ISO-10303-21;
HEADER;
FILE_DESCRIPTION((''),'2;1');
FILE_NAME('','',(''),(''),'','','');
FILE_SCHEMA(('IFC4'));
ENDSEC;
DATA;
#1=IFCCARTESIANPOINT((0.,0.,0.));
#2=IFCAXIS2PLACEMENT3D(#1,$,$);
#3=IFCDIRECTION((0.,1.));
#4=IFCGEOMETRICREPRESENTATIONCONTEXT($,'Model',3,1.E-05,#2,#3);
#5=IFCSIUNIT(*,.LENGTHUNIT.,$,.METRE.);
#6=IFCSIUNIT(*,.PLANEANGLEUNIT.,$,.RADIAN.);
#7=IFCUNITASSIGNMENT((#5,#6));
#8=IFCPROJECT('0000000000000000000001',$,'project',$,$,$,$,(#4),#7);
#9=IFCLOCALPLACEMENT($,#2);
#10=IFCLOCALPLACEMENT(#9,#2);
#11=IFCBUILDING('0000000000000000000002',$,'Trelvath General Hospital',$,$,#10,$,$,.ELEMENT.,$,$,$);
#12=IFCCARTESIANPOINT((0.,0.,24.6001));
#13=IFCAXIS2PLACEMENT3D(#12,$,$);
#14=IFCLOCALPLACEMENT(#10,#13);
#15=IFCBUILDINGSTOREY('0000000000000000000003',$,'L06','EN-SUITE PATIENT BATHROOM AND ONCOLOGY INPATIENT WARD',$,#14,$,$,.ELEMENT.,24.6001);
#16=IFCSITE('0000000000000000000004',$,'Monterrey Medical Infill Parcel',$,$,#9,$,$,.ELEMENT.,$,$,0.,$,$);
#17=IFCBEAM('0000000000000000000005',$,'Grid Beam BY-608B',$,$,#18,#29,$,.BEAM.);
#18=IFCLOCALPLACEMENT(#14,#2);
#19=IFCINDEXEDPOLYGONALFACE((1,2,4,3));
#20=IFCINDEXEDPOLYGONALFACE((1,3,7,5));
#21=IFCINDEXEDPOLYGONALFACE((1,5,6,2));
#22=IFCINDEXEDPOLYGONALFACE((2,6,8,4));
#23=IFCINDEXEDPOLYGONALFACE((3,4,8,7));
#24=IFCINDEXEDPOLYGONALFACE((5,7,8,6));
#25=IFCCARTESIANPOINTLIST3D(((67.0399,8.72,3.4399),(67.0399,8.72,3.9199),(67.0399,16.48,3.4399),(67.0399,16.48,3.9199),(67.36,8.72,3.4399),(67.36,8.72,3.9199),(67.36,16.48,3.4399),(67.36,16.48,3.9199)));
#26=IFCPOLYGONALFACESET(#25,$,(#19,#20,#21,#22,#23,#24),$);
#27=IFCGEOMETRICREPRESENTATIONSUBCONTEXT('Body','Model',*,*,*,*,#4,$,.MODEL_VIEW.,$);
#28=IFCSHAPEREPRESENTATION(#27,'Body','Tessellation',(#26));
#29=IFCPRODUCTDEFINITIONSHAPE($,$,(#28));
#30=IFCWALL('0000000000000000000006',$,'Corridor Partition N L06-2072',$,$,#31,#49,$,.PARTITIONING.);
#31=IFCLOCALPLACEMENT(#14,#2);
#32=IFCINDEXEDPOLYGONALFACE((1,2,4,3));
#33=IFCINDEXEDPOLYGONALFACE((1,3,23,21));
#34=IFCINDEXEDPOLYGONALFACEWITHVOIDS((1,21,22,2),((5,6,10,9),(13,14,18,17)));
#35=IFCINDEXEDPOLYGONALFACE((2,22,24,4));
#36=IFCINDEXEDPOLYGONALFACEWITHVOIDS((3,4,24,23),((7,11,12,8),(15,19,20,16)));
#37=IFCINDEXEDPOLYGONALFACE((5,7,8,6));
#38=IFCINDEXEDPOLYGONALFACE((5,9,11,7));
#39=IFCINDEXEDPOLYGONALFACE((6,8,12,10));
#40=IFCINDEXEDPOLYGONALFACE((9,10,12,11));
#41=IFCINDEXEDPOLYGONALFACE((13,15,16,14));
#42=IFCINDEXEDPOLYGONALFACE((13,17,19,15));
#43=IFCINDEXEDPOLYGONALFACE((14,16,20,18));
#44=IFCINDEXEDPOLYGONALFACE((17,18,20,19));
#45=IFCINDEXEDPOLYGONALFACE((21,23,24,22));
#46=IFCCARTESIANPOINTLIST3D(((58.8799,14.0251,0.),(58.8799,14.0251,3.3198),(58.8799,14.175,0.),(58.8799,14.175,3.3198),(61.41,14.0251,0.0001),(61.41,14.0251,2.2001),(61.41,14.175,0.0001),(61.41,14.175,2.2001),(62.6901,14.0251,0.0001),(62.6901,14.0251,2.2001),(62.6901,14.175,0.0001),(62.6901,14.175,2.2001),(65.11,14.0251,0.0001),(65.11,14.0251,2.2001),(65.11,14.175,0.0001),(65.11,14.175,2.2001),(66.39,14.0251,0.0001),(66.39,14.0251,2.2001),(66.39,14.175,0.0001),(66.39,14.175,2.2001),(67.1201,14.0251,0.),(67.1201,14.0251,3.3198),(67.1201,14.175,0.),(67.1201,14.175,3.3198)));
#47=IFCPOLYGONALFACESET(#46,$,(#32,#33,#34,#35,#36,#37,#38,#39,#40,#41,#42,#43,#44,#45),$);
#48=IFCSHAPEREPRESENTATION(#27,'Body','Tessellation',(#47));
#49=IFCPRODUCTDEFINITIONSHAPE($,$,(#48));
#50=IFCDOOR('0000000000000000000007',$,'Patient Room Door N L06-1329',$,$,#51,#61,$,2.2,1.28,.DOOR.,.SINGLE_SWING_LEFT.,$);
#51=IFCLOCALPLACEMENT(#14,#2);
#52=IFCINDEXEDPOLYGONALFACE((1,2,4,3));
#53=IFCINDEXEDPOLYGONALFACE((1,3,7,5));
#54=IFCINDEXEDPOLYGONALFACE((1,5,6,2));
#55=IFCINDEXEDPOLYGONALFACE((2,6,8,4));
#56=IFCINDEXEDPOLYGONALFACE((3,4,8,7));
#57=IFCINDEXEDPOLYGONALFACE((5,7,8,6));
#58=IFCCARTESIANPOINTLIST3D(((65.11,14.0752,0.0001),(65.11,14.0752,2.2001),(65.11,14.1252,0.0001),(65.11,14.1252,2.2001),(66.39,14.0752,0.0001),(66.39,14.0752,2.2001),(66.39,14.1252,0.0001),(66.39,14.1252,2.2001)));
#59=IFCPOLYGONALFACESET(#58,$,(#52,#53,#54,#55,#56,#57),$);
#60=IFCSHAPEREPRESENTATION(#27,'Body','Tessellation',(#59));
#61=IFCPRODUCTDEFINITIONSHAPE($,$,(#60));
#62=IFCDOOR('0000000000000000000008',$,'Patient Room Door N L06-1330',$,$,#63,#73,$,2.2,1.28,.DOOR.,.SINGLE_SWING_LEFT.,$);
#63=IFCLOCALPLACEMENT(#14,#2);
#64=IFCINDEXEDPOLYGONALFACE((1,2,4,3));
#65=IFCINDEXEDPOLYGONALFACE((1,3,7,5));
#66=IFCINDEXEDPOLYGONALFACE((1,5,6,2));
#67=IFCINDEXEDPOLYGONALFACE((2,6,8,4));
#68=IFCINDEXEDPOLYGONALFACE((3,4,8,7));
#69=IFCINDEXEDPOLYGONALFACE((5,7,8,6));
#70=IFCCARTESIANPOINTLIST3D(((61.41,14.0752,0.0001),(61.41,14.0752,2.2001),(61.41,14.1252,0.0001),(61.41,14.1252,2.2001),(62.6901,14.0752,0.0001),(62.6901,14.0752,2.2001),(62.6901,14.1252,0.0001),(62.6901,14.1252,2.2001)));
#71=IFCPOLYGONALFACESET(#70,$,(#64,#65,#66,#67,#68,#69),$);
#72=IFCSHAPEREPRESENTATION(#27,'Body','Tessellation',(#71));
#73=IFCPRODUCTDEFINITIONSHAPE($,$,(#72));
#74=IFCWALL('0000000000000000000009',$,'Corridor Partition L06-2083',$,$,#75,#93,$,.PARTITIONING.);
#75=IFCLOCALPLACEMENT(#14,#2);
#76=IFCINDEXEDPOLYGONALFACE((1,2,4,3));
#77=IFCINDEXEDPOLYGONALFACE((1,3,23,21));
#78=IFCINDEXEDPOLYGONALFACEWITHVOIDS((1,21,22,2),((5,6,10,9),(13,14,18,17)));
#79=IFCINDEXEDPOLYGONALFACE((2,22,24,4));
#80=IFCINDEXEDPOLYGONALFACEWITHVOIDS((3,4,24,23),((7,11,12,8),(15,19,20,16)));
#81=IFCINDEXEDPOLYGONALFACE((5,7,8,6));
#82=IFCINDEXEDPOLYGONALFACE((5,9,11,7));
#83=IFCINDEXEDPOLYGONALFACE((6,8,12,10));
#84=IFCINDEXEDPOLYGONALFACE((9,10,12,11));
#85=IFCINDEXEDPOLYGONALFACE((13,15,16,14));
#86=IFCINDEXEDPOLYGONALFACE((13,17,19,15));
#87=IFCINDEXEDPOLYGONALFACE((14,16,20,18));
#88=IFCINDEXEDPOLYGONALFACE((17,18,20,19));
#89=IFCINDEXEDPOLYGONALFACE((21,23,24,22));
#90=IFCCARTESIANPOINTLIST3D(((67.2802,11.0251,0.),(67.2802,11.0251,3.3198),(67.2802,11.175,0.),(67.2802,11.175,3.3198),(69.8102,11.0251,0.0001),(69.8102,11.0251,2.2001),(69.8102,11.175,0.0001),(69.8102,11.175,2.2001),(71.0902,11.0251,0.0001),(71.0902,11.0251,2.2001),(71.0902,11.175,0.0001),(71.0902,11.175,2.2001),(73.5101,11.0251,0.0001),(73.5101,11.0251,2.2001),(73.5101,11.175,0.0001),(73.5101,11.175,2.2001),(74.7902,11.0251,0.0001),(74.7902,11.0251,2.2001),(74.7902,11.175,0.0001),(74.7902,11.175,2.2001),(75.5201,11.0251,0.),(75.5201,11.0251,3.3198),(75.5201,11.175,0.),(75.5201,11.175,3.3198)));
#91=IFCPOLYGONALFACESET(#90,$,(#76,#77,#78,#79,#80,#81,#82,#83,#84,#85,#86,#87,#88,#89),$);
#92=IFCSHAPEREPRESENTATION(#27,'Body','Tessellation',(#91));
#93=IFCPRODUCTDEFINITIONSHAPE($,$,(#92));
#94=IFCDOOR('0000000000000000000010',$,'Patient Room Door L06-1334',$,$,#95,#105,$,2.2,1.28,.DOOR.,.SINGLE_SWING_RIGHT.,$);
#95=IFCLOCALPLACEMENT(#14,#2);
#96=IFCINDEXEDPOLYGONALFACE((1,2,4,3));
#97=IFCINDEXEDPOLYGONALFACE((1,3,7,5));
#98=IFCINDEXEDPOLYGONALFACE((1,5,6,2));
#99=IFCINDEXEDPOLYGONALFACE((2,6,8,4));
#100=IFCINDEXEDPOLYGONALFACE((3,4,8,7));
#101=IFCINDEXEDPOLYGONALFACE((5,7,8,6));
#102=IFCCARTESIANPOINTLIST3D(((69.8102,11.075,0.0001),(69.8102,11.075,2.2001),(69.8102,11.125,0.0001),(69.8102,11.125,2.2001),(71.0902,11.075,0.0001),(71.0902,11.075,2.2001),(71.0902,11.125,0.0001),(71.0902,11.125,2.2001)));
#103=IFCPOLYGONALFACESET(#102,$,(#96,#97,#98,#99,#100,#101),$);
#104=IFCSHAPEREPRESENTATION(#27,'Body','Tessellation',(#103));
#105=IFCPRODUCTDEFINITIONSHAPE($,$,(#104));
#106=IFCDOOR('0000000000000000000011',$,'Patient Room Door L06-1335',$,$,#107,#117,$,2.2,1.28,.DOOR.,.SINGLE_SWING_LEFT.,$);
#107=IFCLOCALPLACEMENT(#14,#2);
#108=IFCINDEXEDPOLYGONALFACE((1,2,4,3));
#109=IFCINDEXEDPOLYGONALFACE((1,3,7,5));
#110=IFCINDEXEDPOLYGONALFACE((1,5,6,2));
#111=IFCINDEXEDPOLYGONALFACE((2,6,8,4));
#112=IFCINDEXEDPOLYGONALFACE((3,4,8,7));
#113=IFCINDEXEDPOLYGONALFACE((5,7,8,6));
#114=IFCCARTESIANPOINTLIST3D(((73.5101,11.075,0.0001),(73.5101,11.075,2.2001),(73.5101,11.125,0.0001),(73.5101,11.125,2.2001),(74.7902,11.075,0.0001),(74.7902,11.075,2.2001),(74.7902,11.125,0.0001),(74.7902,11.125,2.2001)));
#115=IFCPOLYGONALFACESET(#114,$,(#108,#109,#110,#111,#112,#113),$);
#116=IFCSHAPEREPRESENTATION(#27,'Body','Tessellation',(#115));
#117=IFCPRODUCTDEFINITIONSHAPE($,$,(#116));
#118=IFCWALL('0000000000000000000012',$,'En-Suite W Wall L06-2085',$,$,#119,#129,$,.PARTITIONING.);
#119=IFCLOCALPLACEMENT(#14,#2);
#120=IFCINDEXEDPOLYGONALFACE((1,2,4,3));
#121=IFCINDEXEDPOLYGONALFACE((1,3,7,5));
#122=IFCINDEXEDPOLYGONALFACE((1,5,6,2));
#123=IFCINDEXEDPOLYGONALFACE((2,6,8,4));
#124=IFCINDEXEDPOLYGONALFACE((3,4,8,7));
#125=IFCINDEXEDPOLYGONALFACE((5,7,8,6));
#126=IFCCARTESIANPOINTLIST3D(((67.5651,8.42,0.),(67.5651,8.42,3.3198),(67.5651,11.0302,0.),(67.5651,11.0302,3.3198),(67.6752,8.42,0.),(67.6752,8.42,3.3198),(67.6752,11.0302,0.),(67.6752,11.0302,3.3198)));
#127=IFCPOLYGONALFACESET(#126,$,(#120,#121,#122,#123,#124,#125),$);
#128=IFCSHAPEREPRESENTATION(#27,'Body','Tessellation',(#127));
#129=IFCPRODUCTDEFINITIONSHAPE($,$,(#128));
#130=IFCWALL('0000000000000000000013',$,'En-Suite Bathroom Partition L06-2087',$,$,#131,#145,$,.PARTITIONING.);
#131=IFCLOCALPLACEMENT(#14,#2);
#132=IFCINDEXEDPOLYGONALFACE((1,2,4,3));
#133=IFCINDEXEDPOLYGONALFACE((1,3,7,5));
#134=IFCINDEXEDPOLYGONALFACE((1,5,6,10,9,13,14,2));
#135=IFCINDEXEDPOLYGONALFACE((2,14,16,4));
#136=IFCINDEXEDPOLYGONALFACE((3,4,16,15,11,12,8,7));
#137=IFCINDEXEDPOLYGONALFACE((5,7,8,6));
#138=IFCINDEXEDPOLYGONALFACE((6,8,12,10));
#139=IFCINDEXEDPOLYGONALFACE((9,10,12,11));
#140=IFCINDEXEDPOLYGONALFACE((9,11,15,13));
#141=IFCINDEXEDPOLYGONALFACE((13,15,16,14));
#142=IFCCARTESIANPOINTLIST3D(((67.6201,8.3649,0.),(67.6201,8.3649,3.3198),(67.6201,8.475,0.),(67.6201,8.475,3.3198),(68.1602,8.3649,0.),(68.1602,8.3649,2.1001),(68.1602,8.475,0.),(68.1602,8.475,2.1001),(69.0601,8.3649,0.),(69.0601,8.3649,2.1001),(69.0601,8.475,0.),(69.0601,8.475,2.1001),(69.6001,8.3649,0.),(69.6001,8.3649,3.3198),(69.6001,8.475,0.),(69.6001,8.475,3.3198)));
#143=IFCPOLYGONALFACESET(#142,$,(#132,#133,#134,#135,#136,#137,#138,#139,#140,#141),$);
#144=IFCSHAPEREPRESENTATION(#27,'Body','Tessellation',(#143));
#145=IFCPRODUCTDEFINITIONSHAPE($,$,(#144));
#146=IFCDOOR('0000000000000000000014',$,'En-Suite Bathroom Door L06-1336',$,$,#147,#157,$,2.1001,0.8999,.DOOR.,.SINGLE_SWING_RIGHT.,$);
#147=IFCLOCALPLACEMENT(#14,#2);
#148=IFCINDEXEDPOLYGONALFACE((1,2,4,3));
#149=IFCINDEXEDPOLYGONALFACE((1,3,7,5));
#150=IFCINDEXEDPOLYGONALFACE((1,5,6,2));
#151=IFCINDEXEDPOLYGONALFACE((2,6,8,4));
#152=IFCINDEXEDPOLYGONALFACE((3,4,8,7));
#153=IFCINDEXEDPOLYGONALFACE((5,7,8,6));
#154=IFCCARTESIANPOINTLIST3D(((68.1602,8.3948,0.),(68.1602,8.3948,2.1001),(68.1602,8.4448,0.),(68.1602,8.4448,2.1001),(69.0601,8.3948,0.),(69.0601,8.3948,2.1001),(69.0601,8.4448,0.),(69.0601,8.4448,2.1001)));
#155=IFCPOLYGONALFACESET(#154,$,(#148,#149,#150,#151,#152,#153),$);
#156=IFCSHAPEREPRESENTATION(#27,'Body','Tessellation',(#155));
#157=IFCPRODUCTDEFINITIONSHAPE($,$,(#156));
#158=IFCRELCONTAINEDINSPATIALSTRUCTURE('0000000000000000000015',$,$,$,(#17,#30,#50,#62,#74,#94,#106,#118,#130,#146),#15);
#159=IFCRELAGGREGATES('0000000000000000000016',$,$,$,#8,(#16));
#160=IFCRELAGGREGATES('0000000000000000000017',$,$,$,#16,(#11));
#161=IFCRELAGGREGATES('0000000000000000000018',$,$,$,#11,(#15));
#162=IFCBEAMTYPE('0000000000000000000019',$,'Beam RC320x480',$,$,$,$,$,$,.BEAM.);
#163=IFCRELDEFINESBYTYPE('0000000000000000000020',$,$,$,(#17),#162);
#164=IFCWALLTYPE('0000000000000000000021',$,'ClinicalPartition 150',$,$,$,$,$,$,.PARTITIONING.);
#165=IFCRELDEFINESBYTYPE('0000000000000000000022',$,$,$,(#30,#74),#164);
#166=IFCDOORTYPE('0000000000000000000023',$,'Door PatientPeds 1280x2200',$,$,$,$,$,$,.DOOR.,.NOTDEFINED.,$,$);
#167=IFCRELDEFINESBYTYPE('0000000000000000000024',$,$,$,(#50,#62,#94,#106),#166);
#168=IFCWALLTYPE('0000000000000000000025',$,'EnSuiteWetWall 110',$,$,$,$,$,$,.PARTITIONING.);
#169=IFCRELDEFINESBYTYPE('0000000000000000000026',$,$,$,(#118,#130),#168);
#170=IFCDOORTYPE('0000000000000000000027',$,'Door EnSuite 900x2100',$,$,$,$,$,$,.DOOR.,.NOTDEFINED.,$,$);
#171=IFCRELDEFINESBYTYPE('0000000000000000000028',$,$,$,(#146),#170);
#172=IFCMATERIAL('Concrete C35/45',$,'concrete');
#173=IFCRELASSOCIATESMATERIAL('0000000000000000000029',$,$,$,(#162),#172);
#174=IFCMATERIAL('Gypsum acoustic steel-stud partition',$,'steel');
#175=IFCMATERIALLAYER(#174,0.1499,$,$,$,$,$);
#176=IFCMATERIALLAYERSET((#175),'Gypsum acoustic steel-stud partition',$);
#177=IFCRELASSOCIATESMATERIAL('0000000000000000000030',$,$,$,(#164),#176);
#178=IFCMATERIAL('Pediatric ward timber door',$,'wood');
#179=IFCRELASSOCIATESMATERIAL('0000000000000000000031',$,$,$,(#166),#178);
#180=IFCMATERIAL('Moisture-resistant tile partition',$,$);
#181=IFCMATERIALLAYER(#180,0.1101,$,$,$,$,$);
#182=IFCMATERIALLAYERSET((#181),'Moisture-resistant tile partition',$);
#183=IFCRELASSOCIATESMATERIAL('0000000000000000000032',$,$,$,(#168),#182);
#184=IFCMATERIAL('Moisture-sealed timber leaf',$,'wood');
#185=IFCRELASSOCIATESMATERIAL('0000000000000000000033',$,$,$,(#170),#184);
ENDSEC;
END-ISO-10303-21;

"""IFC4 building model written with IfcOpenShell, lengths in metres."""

from ifc_helpers import new_model, si_unit, direction, frame, frame_2d, origin, origin_2d, place, context, subcontext, project, spatial, rectangle, extrude, material, layer, layer_set, material_profile, profile_set, type_object, element, fill, save


model = new_model("IFC4")

# Units and contexts
model_context = context("Model", 3, precision=1e-05, world=origin(), true_north=direction((0.0, 1.0)))
body_context = subcontext(model_context, "Body", "Model", "MODEL_VIEW")
ifc_project = project(units=[si_unit("LENGTHUNIT", "METRE"), si_unit("PLANEANGLEUNIT", "RADIAN")], contexts=[model_context])

# Site, building, storey
site_placement = place(None, origin())
site = spatial("IfcSite", under=ifc_project, at=site_placement, Name="Monterrey Medical Infill Parcel", CompositionType="ELEMENT", RefElevation=0.0)
building_placement = place(site_placement, origin())
building = spatial("IfcBuilding", under=site, at=building_placement, Name="Trelvath General Hospital", CompositionType="ELEMENT")
storey_placement = place(building_placement, frame((0.0, 0.0, 24.6001)))
storey = spatial("IfcBuildingStorey", under=building, at=storey_placement, Name="L06", Description="EN-SUITE PATIENT BATHROOM AND ONCOLOGY INPATIENT WARD", CompositionType="ELEMENT", Elevation=24.6001)

# Beam
ifc_material_1 = material(Name="Concrete C35/45", Category="concrete")
ifc_material_profile = material_profile(ifc_material_1, rectangle(XDim=0.3201, YDim=0.48, at=origin_2d()), Name="RCB320x480")
ifc_profile_set = profile_set([ifc_material_profile], Name="Concrete C35/45")
beam_type = type_object("IfcBeamType", Name="Beam RC320x480", PredefinedType="BEAM", material=ifc_profile_set)
beam_placement = place(storey_placement, frame((67.2, 8.72, 3.6799), z_axis=(0.0, 1.0, 0.0), x_axis=(-1.0, 0.0, 0.0)))
element("IfcBeam", 1, at=beam_placement, inside=storey, type_object=beam_type, Name="Grid Beam BY-608B", PredefinedType="BEAM", context=body_context, shape_type="SweptSolid", body=[
    extrude(rectangle(XDim=0.3201, YDim=0.48, at=origin_2d()), origin(), (0.0, 0.0, 1.0), 7.76),
])

# Walls, openings, doors
ifc_material_2 = material(Name="Gypsum acoustic steel-stud partition", Category="steel")
ifc_layer_1 = layer(ifc_material_2, 0.1499)
ifc_layer_set_1 = layer_set([ifc_layer_1], Name="Gypsum acoustic steel-stud partition")
wall_type_1 = type_object("IfcWallType", Name="ClinicalPartition 150", PredefinedType="PARTITIONING", material=ifc_layer_set_1)
wall_1_placement = place(storey_placement, frame((67.1201, 14.1001, 0.0), z_axis=(0.0, 0.0, 1.0), x_axis=(-1.0, 0.0, 0.0)))
wall_1 = element("IfcWall", 2, at=wall_1_placement, inside=storey, type_object=wall_type_1, Name="Corridor Partition N L06-2072", PredefinedType="PARTITIONING", context=body_context, shape_type="SweptSolid", body=[
    extrude(rectangle(XDim=8.2402, YDim=0.1499, at=frame_2d((4.1201, 0.0))), origin(), (0.0, 0.0, 1.0), 3.3198),
])
opening_1_placement = place(wall_1_placement, frame((0.73, 0.0, 0.0)))
opening_1 = element("IfcOpeningElement", 3, at=opening_1_placement, cuts=wall_1, PredefinedType="OPENING", context=body_context, shape_type="SweptSolid", body=[
    extrude(rectangle(XDim=1.28, YDim=2.2, at=frame_2d((0.6401, 1.1001))), frame((0.0, 0.085, 0.0), z_axis=(0.0, -1.0, 0.0), x_axis=(1.0, 0.0, 0.0)), (0.0, 0.0, 1.0), 0.1699),
])
opening_2_placement = place(wall_1_placement, frame((4.4299, 0.0, 0.0)))
opening_2 = element("IfcOpeningElement", 4, at=opening_2_placement, cuts=wall_1, PredefinedType="OPENING", context=body_context, shape_type="SweptSolid", body=[
    extrude(rectangle(XDim=1.28, YDim=2.2, at=frame_2d((0.6401, 1.1001))), frame((0.0, 0.085, 0.0), z_axis=(0.0, -1.0, 0.0), x_axis=(1.0, 0.0, 0.0)), (0.0, 0.0, 1.0), 0.1699),
])
ifc_material_3 = material(Name="Pediatric ward timber door", Category="wood")
door_type_1 = type_object("IfcDoorType", Name="Door PatientPeds 1280x2200", OperationType="NOTDEFINED", PredefinedType="DOOR", material=ifc_material_3)
door_1_placement = place(opening_1_placement, origin())
door_1 = element("IfcDoor", 5, at=door_1_placement, inside=storey, type_object=door_type_1, Name="Patient Room Door N L06-1329", OperationType="SINGLE_SWING_LEFT", OverallHeight=2.2, OverallWidth=1.28, PredefinedType="DOOR", context=body_context, shape_type="SweptSolid", body=[
    extrude(rectangle(XDim=1.28, YDim=2.2, at=frame_2d((0.6401, 1.1001))), frame((0.0, 0.0249, 0.0), z_axis=(0.0, -1.0, 0.0), x_axis=(1.0, 0.0, 0.0)), (0.0, 0.0, 1.0), 0.05),
])
fill(opening_1, door_1)
door_2_placement = place(opening_2_placement, origin())
door_2 = element("IfcDoor", 6, at=door_2_placement, inside=storey, type_object=door_type_1, Name="Patient Room Door N L06-1330", OperationType="SINGLE_SWING_LEFT", OverallHeight=2.2, OverallWidth=1.28, PredefinedType="DOOR", context=body_context, shape_type="SweptSolid", body=[
    extrude(rectangle(XDim=1.28, YDim=2.2, at=frame_2d((0.6401, 1.1001))), frame((0.0, 0.0249, 0.0), z_axis=(0.0, -1.0, 0.0), x_axis=(1.0, 0.0, 0.0)), (0.0, 0.0, 1.0), 0.05),
])
fill(opening_2, door_2)
wall_2_placement = place(storey_placement, frame((67.28, 11.1001, 0.0), z_axis=(0.0, 0.0, 1.0), x_axis=(1.0, 0.0, 0.0)))
wall_2 = element("IfcWall", 7, at=wall_2_placement, inside=storey, type_object=wall_type_1, Name="Corridor Partition L06-2083", PredefinedType="PARTITIONING", context=body_context, shape_type="SweptSolid", body=[
    extrude(rectangle(XDim=8.24, YDim=0.1499, at=frame_2d((4.1201, 0.0))), origin(), (0.0, 0.0, 1.0), 3.3198),
])
opening_3_placement = place(wall_2_placement, frame((2.53, 0.0, 0.0)))
opening_3 = element("IfcOpeningElement", 8, at=opening_3_placement, cuts=wall_2, PredefinedType="OPENING", context=body_context, shape_type="SweptSolid", body=[
    extrude(rectangle(XDim=1.28, YDim=2.2, at=frame_2d((0.6401, 1.1001))), frame((0.0, 0.085, 0.0), z_axis=(0.0, -1.0, 0.0), x_axis=(1.0, 0.0, 0.0)), (0.0, 0.0, 1.0), 0.1699),
])
opening_4_placement = place(wall_2_placement, frame((6.23, 0.0, 0.0)))
opening_4 = element("IfcOpeningElement", 9, at=opening_4_placement, cuts=wall_2, PredefinedType="OPENING", context=body_context, shape_type="SweptSolid", body=[
    extrude(rectangle(XDim=1.28, YDim=2.2, at=frame_2d((0.6401, 1.1001))), frame((0.0, 0.085, 0.0), z_axis=(0.0, -1.0, 0.0), x_axis=(1.0, 0.0, 0.0)), (0.0, 0.0, 1.0), 0.1699),
])
door_3_placement = place(opening_3_placement, origin())
door_3 = element("IfcDoor", 10, at=door_3_placement, inside=storey, type_object=door_type_1, Name="Patient Room Door L06-1334", OperationType="SINGLE_SWING_RIGHT", OverallHeight=2.2, OverallWidth=1.28, PredefinedType="DOOR", context=body_context, shape_type="SweptSolid", body=[
    extrude(rectangle(XDim=1.28, YDim=2.2, at=frame_2d((0.6401, 1.1001))), frame((0.0, 0.0249, 0.0), z_axis=(0.0, -1.0, 0.0), x_axis=(1.0, 0.0, 0.0)), (0.0, 0.0, 1.0), 0.05),
])
fill(opening_3, door_3)
door_4_placement = place(opening_4_placement, origin())
door_4 = element("IfcDoor", 11, at=door_4_placement, inside=storey, type_object=door_type_1, Name="Patient Room Door L06-1335", OperationType="SINGLE_SWING_LEFT", OverallHeight=2.2, OverallWidth=1.28, PredefinedType="DOOR", context=body_context, shape_type="SweptSolid", body=[
    extrude(rectangle(XDim=1.28, YDim=2.2, at=frame_2d((0.6401, 1.1001))), frame((0.0, 0.0249, 0.0), z_axis=(0.0, -1.0, 0.0), x_axis=(1.0, 0.0, 0.0)), (0.0, 0.0, 1.0), 0.05),
])
fill(opening_4, door_4)

# Wall
ifc_material_4 = material(Name="Moisture-resistant tile partition")
ifc_layer_2 = layer(ifc_material_4, 0.1101)
ifc_layer_set_2 = layer_set([ifc_layer_2], Name="Moisture-resistant tile partition")
wall_type_2 = type_object("IfcWallType", Name="EnSuiteWetWall 110", PredefinedType="PARTITIONING", material=ifc_layer_set_2)
wall_3_placement = place(storey_placement, frame((67.6201, 8.4199, 0.0), z_axis=(0.0, 0.0, 1.0), x_axis=(0.0, 1.0, 0.0)))
element("IfcWall", 12, at=wall_3_placement, inside=storey, type_object=wall_type_2, Name="En-Suite W Wall L06-2085", PredefinedType="PARTITIONING", context=body_context, shape_type="SweptSolid", body=[
    extrude(rectangle(XDim=2.6101, YDim=0.1101, at=frame_2d((1.3052, 0.0))), origin(), (0.0, 0.0, 1.0), 3.3198),
])

# Wall, opening, door
wall_4_placement = place(storey_placement, frame((67.6201, 8.4199, 0.0), z_axis=(0.0, 0.0, 1.0), x_axis=(1.0, 0.0, 0.0)))
wall_4 = element("IfcWall", 13, at=wall_4_placement, inside=storey, type_object=wall_type_2, Name="En-Suite Bathroom Partition L06-2087", PredefinedType="PARTITIONING", context=body_context, shape_type="SweptSolid", body=[
    extrude(rectangle(XDim=1.98, YDim=0.1101, at=frame_2d((0.99, 0.0))), origin(), (0.0, 0.0, 1.0), 3.3198),
])
opening_5_placement = place(wall_4_placement, frame((0.54, 0.0, 0.0)))
opening_5 = element("IfcOpeningElement", 14, at=opening_5_placement, cuts=wall_4, PredefinedType="OPENING", context=body_context, shape_type="SweptSolid", body=[
    extrude(rectangle(XDim=0.8999, YDim=2.1001, at=frame_2d((0.45, 1.05))), frame((0.0, 0.0649, 0.0), z_axis=(0.0, -1.0, 0.0), x_axis=(1.0, 0.0, 0.0)), (0.0, 0.0, 1.0), 0.1301),
])
ifc_material_5 = material(Name="Moisture-sealed timber leaf", Category="wood")
door_type_2 = type_object("IfcDoorType", Name="Door EnSuite 900x2100", OperationType="NOTDEFINED", PredefinedType="DOOR", material=ifc_material_5)
door_5_placement = place(opening_5_placement, origin())
door_5 = element("IfcDoor", 15, at=door_5_placement, inside=storey, type_object=door_type_2, Name="En-Suite Bathroom Door L06-1336", OperationType="SINGLE_SWING_RIGHT", OverallHeight=2.1001, OverallWidth=0.8999, PredefinedType="DOOR", context=body_context, shape_type="SweptSolid", body=[
    extrude(rectangle(XDim=0.8999, YDim=2.1001, at=frame_2d((0.45, 1.05))), frame((0.0, 0.0249, 0.0), z_axis=(0.0, -1.0, 0.0), x_axis=(1.0, 0.0, 0.0)), (0.0, 0.0, 1.0), 0.05),
])
fill(opening_5, door_5)

save(model, "model.ifc")
